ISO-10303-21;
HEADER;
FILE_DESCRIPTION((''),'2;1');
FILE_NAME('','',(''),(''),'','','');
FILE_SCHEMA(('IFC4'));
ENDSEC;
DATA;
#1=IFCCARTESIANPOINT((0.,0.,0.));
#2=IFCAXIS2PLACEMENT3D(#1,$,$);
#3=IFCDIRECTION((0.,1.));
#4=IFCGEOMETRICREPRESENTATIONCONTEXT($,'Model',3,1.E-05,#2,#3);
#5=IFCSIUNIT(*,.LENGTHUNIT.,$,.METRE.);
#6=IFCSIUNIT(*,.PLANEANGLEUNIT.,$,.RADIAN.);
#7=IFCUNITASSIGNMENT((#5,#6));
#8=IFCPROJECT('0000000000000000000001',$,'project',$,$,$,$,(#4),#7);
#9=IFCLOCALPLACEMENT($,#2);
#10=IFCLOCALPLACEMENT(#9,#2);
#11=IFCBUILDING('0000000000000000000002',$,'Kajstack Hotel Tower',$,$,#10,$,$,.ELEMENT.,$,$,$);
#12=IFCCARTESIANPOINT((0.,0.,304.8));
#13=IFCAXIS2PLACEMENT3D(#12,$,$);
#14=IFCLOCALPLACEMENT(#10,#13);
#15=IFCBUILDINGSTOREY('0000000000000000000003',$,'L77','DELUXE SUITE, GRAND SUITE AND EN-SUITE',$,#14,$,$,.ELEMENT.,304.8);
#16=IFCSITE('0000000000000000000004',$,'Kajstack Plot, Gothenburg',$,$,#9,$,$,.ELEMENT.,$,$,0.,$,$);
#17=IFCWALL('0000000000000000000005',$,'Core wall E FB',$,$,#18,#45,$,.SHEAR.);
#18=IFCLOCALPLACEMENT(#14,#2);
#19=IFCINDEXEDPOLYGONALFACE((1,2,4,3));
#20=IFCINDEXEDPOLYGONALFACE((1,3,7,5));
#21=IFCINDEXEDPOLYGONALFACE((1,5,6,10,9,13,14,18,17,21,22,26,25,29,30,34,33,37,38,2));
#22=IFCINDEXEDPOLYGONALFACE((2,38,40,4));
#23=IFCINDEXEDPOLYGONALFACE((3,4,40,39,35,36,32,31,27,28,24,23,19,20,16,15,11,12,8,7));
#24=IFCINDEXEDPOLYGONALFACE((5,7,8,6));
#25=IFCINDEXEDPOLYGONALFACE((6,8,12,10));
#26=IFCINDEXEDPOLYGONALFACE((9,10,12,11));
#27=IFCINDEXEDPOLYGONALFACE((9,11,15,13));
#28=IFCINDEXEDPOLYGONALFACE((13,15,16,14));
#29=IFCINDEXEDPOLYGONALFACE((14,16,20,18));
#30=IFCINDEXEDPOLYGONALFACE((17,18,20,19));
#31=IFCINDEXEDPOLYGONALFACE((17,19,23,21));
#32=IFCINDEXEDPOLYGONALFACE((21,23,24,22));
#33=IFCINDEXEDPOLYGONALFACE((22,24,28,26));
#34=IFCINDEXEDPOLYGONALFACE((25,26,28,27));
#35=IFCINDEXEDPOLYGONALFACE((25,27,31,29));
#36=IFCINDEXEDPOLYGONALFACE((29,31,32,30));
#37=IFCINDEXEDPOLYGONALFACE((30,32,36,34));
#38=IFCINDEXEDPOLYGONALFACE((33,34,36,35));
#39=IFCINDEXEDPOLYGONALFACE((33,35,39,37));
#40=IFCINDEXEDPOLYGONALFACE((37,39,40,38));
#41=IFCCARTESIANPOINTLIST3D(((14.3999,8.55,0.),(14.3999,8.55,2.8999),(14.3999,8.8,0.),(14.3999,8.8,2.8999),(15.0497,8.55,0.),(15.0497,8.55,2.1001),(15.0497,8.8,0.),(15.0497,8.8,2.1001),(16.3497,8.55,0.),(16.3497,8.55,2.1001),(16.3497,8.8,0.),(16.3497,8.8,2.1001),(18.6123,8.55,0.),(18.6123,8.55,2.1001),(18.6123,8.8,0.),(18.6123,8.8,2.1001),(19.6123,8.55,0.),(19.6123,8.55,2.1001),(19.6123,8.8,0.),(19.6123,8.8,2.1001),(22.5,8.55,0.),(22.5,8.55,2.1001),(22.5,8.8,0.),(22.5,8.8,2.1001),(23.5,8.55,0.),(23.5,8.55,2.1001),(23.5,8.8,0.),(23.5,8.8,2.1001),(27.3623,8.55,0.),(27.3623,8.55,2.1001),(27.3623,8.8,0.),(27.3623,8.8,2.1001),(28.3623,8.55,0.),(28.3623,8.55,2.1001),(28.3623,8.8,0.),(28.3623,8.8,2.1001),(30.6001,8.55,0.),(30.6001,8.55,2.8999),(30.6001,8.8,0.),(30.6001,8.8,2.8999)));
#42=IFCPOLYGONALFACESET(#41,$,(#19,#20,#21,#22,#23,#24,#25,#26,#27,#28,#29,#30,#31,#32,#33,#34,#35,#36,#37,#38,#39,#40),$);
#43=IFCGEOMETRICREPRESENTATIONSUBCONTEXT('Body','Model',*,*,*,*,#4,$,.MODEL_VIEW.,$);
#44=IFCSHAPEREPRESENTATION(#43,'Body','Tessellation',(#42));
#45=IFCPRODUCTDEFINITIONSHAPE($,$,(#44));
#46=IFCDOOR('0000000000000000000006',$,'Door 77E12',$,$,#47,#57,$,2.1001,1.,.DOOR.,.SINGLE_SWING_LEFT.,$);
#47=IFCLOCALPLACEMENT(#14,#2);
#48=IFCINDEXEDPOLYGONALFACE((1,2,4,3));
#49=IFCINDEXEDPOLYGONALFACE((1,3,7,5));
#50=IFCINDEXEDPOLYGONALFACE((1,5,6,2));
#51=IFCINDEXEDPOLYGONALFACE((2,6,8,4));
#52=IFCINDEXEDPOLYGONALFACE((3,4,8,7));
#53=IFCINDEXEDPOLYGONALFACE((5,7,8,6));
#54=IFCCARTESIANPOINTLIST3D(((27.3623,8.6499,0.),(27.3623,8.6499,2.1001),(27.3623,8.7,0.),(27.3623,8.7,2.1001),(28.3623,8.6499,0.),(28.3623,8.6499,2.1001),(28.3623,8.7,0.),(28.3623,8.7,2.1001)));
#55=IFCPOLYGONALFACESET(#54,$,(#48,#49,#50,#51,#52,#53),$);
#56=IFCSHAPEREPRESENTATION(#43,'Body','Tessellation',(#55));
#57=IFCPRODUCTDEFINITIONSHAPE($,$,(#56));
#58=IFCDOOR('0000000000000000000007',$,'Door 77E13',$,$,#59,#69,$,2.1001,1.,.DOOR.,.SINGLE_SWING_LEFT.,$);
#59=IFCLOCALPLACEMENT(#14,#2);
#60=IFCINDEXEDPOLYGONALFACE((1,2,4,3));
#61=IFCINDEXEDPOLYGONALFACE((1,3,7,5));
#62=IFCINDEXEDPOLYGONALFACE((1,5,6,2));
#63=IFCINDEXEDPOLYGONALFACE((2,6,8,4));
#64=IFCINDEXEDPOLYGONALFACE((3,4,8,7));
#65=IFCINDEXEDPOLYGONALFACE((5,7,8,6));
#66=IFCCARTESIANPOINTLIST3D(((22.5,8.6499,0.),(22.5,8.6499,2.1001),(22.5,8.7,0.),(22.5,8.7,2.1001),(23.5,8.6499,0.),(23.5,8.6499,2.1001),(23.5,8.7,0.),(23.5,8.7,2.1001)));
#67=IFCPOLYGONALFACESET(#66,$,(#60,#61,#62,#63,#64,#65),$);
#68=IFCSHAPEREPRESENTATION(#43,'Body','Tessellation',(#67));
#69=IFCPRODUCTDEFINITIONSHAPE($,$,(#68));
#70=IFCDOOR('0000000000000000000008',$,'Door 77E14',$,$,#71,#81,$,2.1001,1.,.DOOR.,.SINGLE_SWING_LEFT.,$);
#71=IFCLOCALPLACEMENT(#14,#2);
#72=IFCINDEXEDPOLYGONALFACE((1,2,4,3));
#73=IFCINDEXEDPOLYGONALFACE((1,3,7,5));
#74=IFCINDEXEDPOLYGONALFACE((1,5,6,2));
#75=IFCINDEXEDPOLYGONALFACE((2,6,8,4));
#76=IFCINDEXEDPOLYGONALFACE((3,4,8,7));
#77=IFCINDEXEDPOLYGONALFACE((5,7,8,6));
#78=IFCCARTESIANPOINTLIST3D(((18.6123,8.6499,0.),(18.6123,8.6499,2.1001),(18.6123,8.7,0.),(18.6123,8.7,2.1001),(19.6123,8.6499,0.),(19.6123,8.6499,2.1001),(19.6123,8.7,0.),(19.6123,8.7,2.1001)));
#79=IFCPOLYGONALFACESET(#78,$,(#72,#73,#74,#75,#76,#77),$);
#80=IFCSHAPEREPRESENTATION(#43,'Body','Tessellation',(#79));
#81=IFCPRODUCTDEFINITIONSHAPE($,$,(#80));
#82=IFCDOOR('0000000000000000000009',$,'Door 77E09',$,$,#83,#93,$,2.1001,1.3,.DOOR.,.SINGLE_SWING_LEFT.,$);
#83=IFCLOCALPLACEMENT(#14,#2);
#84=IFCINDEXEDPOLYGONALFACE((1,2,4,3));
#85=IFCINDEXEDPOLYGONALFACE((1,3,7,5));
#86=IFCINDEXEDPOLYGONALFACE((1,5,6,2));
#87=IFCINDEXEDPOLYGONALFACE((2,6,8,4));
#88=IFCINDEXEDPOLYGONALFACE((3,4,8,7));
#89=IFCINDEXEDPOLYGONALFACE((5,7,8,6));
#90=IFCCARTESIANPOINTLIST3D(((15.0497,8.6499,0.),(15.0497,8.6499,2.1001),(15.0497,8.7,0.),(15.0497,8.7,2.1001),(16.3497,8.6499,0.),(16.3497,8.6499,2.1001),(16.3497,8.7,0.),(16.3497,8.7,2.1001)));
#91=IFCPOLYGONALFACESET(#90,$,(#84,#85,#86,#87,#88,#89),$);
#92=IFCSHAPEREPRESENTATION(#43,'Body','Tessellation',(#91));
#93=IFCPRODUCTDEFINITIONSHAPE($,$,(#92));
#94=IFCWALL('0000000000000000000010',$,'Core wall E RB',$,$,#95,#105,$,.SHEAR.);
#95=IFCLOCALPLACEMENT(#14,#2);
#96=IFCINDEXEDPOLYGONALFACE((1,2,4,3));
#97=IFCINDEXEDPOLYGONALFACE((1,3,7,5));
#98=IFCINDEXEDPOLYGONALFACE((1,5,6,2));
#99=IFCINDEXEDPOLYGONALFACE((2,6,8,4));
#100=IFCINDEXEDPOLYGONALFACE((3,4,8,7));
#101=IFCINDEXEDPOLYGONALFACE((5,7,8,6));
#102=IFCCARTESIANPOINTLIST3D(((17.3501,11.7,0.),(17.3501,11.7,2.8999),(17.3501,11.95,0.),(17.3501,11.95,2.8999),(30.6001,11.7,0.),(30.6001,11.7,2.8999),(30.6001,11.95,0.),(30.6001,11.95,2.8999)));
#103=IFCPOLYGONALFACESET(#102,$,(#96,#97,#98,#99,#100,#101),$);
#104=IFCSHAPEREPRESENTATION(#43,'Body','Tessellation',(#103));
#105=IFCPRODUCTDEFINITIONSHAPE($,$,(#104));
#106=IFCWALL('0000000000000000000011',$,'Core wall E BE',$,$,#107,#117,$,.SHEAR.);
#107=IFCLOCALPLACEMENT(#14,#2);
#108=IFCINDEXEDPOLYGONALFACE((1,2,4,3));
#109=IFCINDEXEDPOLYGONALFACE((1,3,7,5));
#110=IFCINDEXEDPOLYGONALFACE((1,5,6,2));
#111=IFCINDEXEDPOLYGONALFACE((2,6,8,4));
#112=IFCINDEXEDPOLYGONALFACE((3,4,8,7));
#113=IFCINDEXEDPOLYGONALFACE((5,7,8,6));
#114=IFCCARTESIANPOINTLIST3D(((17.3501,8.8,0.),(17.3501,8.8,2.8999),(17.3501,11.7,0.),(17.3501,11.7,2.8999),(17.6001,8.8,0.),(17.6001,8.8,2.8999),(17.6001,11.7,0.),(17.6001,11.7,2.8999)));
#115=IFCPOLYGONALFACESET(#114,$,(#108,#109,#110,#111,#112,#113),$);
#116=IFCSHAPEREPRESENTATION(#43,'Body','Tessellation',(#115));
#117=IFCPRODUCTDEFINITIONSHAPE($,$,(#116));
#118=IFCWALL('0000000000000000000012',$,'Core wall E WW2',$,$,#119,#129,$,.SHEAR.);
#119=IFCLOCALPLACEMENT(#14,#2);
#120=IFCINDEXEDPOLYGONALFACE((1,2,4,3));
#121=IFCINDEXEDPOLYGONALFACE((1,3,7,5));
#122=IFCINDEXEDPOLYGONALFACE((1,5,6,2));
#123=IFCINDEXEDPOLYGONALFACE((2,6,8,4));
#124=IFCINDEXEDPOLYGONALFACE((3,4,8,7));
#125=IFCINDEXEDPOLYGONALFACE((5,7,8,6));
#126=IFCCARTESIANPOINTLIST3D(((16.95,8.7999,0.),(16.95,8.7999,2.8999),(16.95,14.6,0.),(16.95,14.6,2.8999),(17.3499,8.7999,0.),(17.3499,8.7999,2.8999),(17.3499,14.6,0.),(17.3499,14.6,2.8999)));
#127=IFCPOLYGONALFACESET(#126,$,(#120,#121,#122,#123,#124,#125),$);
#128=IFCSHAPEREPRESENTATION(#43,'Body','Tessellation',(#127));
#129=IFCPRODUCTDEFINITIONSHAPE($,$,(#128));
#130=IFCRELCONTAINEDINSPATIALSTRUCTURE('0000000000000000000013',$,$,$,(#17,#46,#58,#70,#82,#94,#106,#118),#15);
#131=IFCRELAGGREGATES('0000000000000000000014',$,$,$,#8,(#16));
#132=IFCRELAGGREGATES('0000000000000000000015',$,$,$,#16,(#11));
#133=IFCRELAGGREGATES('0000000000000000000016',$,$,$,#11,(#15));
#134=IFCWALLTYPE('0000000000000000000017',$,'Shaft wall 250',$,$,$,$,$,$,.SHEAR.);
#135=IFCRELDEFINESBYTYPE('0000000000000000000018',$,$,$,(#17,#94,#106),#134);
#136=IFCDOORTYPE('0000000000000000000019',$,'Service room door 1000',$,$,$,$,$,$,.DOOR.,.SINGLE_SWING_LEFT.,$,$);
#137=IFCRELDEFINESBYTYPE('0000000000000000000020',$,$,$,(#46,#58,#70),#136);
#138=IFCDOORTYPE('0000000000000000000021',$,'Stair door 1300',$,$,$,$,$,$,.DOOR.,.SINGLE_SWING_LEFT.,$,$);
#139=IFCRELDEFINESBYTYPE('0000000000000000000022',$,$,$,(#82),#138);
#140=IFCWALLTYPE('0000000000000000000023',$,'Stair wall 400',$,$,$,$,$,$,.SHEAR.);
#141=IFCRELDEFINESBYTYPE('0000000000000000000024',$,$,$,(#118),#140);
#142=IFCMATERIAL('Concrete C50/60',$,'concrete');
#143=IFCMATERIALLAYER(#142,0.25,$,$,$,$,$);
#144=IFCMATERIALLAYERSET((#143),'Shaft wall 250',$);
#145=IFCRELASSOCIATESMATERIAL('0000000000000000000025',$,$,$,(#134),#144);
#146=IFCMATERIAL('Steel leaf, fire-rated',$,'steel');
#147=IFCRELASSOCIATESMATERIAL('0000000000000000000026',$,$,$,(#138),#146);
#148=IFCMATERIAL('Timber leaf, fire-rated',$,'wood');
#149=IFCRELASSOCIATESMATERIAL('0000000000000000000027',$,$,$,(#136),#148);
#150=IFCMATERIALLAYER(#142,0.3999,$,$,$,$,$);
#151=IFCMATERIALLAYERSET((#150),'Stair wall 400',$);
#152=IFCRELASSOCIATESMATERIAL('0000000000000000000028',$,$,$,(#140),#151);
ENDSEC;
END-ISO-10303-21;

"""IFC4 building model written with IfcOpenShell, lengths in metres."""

from ifc_helpers import new_model, si_unit, direction, frame, frame_2d, origin, place, context, subcontext, project, spatial, rectangle, extrude, material, layer, layer_set, type_object, element, fill, save


model = new_model("IFC4")

# Units and contexts
model_context = context("Model", 3, precision=1e-05, world=origin(), true_north=direction((0.0, 1.0)))
body_context = subcontext(model_context, "Body", "Model", "MODEL_VIEW")
ifc_project = project(units=[si_unit("LENGTHUNIT", "METRE"), si_unit("PLANEANGLEUNIT", "RADIAN")], contexts=[model_context])

# Site, building, storey
site_placement = place(None, origin())
site = spatial("IfcSite", under=ifc_project, at=site_placement, Name="Kajstack Plot, Gothenburg", CompositionType="ELEMENT", RefElevation=0.0)
building_placement = place(site_placement, origin())
building = spatial("IfcBuilding", under=site, at=building_placement, Name="Kajstack Hotel Tower", CompositionType="ELEMENT")
storey_placement = place(building_placement, frame((0.0, 0.0, 304.8)))
storey = spatial("IfcBuildingStorey", under=building, at=storey_placement, Name="L77", Description="DELUXE SUITE, GRAND SUITE AND EN-SUITE", CompositionType="ELEMENT", Elevation=304.8)

# Shared definitions
ifc_material_1 = material(Name="Concrete C50/60", Category="concrete")
ifc_layer_1 = layer(ifc_material_1, 0.25)
ifc_layer_set_1 = layer_set([ifc_layer_1], Name="Shaft wall 250")
wall_type_1 = type_object("IfcWallType", Name="Shaft wall 250", PredefinedType="SHEAR", material=ifc_layer_set_1)
ifc_material_2 = material(Name="Timber leaf, fire-rated", Category="wood")
ifc_material_3 = material(Name="Steel leaf, fire-rated", Category="steel")
door_type_1 = type_object("IfcDoorType", Name="Stair door 1300", OperationType="SINGLE_SWING_LEFT", PredefinedType="DOOR", material=ifc_material_3)
door_type_2 = type_object("IfcDoorType", Name="Service room door 1000", OperationType="SINGLE_SWING_LEFT", PredefinedType="DOOR", material=ifc_material_2)

# Wall, openings, doors
wall_1_placement = place(storey_placement, frame((14.3999, 8.675, 0.0), z_axis=(0.0, 0.0, 1.0), x_axis=(1.0, 0.0, 0.0)))
wall_1 = element("IfcWall", 1, at=wall_1_placement, inside=storey, type_object=wall_type_1, Name="Core wall E FB", PredefinedType="SHEAR", context=body_context, shape_type="SweptSolid", body=[
    extrude(rectangle(XDim=16.2002, YDim=0.25, at=frame_2d((8.1001, 0.0))), origin(), (0.0, 0.0, 1.0), 2.8999),
])
opening_1_placement = place(wall_1_placement, frame((0.6499, 0.0, 0.0)))
opening_1 = element("IfcOpeningElement", 2, at=opening_1_placement, cuts=wall_1, PredefinedType="OPENING", context=body_context, shape_type="SweptSolid", body=[
    extrude(rectangle(XDim=1.3, YDim=2.1001, at=frame_2d((0.6499, 1.05))), frame((0.0, 0.135, 0.0), z_axis=(0.0, -1.0, 0.0), x_axis=(1.0, 0.0, 0.0)), (0.0, 0.0, 1.0), 0.27),
])
opening_2_placement = place(wall_1_placement, frame((12.9624, 0.0, 0.0)))
opening_2 = element("IfcOpeningElement", 3, at=opening_2_placement, cuts=wall_1, PredefinedType="OPENING", context=body_context, shape_type="SweptSolid", body=[
    extrude(rectangle(XDim=1.0, YDim=2.1001, at=frame_2d((0.5, 1.05))), frame((0.0, 0.135, 0.0), z_axis=(0.0, -1.0, 0.0), x_axis=(1.0, 0.0, 0.0)), (0.0, 0.0, 1.0), 0.27),
])
opening_3_placement = place(wall_1_placement, frame((8.1001, 0.0, 0.0)))
opening_3 = element("IfcOpeningElement", 4, at=opening_3_placement, cuts=wall_1, PredefinedType="OPENING", context=body_context, shape_type="SweptSolid", body=[
    extrude(rectangle(XDim=1.0, YDim=2.1001, at=frame_2d((0.5, 1.05))), frame((0.0, 0.135, 0.0), z_axis=(0.0, -1.0, 0.0), x_axis=(1.0, 0.0, 0.0)), (0.0, 0.0, 1.0), 0.27),
])
opening_4_placement = place(wall_1_placement, frame((4.2124, 0.0, 0.0)))
opening_4 = element("IfcOpeningElement", 5, at=opening_4_placement, cuts=wall_1, PredefinedType="OPENING", context=body_context, shape_type="SweptSolid", body=[
    extrude(rectangle(XDim=1.0, YDim=2.1001, at=frame_2d((0.5, 1.05))), frame((0.0, 0.135, 0.0), z_axis=(0.0, -1.0, 0.0), x_axis=(1.0, 0.0, 0.0)), (0.0, 0.0, 1.0), 0.27),
])
door_1_placement = place(opening_2_placement, origin())
door_1 = element("IfcDoor", 6, at=door_1_placement, inside=storey, type_object=door_type_2, Name="Door 77E12", OperationType="SINGLE_SWING_LEFT", OverallHeight=2.1001, OverallWidth=1.0, PredefinedType="DOOR", context=body_context, shape_type="SweptSolid", body=[
    extrude(rectangle(XDim=1.0, YDim=2.1001, at=frame_2d((0.5, 1.05))), frame((0.0, 0.0249, 0.0), z_axis=(0.0, -1.0, 0.0), x_axis=(1.0, 0.0, 0.0)), (0.0, 0.0, 1.0), 0.05),
])
fill(opening_2, door_1)
door_2_placement = place(opening_3_placement, origin())
door_2 = element("IfcDoor", 7, at=door_2_placement, inside=storey, type_object=door_type_2, Name="Door 77E13", OperationType="SINGLE_SWING_LEFT", OverallHeight=2.1001, OverallWidth=1.0, PredefinedType="DOOR", context=body_context, shape_type="SweptSolid", body=[
    extrude(rectangle(XDim=1.0, YDim=2.1001, at=frame_2d((0.5, 1.05))), frame((0.0, 0.0249, 0.0), z_axis=(0.0, -1.0, 0.0), x_axis=(1.0, 0.0, 0.0)), (0.0, 0.0, 1.0), 0.05),
])
fill(opening_3, door_2)
door_3_placement = place(opening_4_placement, origin())
door_3 = element("IfcDoor", 8, at=door_3_placement, inside=storey, type_object=door_type_2, Name="Door 77E14", OperationType="SINGLE_SWING_LEFT", OverallHeight=2.1001, OverallWidth=1.0, PredefinedType="DOOR", context=body_context, shape_type="SweptSolid", body=[
    extrude(rectangle(XDim=1.0, YDim=2.1001, at=frame_2d((0.5, 1.05))), frame((0.0, 0.0249, 0.0), z_axis=(0.0, -1.0, 0.0), x_axis=(1.0, 0.0, 0.0)), (0.0, 0.0, 1.0), 0.05),
])
fill(opening_4, door_3)
door_4_placement = place(opening_1_placement, origin())
door_4 = element("IfcDoor", 9, at=door_4_placement, inside=storey, type_object=door_type_1, Name="Door 77E09", OperationType="SINGLE_SWING_LEFT", OverallHeight=2.1001, OverallWidth=1.3, PredefinedType="DOOR", context=body_context, shape_type="SweptSolid", body=[
    extrude(rectangle(XDim=1.3, YDim=2.1001, at=frame_2d((0.6499, 1.05))), frame((0.0, 0.0249, 0.0), z_axis=(0.0, -1.0, 0.0), x_axis=(1.0, 0.0, 0.0)), (0.0, 0.0, 1.0), 0.05),
])
fill(opening_1, door_4)

# Walls
wall_2_placement = place(storey_placement, frame((17.3501, 11.825, 0.0), z_axis=(0.0, 0.0, 1.0), x_axis=(1.0, 0.0, 0.0)))
element("IfcWall", 10, at=wall_2_placement, inside=storey, type_object=wall_type_1, Name="Core wall E RB", PredefinedType="SHEAR", context=body_context, shape_type="SweptSolid", body=[
    extrude(rectangle(XDim=13.25, YDim=0.25, at=frame_2d((6.625, 0.0))), origin(), (0.0, 0.0, 1.0), 2.8999),
])
wall_3_placement = place(storey_placement, frame((17.4751, 8.8, 0.0), z_axis=(0.0, 0.0, 1.0), x_axis=(0.0, 1.0, 0.0)))
element("IfcWall", 11, at=wall_3_placement, inside=storey, type_object=wall_type_1, Name="Core wall E BE", PredefinedType="SHEAR", context=body_context, shape_type="SweptSolid", body=[
    extrude(rectangle(XDim=2.8999, YDim=0.25, at=frame_2d((1.45, 0.0))), origin(), (0.0, 0.0, 1.0), 2.8999),
])
ifc_layer_2 = layer(ifc_material_1, 0.3999)
ifc_layer_set_2 = layer_set([ifc_layer_2], Name="Stair wall 400")
wall_type_2 = type_object("IfcWallType", Name="Stair wall 400", PredefinedType="SHEAR", material=ifc_layer_set_2)
wall_4_placement = place(storey_placement, frame((17.1499, 8.8, 0.0), z_axis=(0.0, 0.0, 1.0), x_axis=(0.0, 1.0, 0.0)))
element("IfcWall", 12, at=wall_4_placement, inside=storey, type_object=wall_type_2, Name="Core wall E WW2", PredefinedType="SHEAR", context=body_context, shape_type="SweptSolid", body=[
    extrude(rectangle(XDim=5.8, YDim=0.3999, at=frame_2d((2.8999, 0.0))), origin(), (0.0, 0.0, 1.0), 2.8999),
])

save(model, "model.ifc")
